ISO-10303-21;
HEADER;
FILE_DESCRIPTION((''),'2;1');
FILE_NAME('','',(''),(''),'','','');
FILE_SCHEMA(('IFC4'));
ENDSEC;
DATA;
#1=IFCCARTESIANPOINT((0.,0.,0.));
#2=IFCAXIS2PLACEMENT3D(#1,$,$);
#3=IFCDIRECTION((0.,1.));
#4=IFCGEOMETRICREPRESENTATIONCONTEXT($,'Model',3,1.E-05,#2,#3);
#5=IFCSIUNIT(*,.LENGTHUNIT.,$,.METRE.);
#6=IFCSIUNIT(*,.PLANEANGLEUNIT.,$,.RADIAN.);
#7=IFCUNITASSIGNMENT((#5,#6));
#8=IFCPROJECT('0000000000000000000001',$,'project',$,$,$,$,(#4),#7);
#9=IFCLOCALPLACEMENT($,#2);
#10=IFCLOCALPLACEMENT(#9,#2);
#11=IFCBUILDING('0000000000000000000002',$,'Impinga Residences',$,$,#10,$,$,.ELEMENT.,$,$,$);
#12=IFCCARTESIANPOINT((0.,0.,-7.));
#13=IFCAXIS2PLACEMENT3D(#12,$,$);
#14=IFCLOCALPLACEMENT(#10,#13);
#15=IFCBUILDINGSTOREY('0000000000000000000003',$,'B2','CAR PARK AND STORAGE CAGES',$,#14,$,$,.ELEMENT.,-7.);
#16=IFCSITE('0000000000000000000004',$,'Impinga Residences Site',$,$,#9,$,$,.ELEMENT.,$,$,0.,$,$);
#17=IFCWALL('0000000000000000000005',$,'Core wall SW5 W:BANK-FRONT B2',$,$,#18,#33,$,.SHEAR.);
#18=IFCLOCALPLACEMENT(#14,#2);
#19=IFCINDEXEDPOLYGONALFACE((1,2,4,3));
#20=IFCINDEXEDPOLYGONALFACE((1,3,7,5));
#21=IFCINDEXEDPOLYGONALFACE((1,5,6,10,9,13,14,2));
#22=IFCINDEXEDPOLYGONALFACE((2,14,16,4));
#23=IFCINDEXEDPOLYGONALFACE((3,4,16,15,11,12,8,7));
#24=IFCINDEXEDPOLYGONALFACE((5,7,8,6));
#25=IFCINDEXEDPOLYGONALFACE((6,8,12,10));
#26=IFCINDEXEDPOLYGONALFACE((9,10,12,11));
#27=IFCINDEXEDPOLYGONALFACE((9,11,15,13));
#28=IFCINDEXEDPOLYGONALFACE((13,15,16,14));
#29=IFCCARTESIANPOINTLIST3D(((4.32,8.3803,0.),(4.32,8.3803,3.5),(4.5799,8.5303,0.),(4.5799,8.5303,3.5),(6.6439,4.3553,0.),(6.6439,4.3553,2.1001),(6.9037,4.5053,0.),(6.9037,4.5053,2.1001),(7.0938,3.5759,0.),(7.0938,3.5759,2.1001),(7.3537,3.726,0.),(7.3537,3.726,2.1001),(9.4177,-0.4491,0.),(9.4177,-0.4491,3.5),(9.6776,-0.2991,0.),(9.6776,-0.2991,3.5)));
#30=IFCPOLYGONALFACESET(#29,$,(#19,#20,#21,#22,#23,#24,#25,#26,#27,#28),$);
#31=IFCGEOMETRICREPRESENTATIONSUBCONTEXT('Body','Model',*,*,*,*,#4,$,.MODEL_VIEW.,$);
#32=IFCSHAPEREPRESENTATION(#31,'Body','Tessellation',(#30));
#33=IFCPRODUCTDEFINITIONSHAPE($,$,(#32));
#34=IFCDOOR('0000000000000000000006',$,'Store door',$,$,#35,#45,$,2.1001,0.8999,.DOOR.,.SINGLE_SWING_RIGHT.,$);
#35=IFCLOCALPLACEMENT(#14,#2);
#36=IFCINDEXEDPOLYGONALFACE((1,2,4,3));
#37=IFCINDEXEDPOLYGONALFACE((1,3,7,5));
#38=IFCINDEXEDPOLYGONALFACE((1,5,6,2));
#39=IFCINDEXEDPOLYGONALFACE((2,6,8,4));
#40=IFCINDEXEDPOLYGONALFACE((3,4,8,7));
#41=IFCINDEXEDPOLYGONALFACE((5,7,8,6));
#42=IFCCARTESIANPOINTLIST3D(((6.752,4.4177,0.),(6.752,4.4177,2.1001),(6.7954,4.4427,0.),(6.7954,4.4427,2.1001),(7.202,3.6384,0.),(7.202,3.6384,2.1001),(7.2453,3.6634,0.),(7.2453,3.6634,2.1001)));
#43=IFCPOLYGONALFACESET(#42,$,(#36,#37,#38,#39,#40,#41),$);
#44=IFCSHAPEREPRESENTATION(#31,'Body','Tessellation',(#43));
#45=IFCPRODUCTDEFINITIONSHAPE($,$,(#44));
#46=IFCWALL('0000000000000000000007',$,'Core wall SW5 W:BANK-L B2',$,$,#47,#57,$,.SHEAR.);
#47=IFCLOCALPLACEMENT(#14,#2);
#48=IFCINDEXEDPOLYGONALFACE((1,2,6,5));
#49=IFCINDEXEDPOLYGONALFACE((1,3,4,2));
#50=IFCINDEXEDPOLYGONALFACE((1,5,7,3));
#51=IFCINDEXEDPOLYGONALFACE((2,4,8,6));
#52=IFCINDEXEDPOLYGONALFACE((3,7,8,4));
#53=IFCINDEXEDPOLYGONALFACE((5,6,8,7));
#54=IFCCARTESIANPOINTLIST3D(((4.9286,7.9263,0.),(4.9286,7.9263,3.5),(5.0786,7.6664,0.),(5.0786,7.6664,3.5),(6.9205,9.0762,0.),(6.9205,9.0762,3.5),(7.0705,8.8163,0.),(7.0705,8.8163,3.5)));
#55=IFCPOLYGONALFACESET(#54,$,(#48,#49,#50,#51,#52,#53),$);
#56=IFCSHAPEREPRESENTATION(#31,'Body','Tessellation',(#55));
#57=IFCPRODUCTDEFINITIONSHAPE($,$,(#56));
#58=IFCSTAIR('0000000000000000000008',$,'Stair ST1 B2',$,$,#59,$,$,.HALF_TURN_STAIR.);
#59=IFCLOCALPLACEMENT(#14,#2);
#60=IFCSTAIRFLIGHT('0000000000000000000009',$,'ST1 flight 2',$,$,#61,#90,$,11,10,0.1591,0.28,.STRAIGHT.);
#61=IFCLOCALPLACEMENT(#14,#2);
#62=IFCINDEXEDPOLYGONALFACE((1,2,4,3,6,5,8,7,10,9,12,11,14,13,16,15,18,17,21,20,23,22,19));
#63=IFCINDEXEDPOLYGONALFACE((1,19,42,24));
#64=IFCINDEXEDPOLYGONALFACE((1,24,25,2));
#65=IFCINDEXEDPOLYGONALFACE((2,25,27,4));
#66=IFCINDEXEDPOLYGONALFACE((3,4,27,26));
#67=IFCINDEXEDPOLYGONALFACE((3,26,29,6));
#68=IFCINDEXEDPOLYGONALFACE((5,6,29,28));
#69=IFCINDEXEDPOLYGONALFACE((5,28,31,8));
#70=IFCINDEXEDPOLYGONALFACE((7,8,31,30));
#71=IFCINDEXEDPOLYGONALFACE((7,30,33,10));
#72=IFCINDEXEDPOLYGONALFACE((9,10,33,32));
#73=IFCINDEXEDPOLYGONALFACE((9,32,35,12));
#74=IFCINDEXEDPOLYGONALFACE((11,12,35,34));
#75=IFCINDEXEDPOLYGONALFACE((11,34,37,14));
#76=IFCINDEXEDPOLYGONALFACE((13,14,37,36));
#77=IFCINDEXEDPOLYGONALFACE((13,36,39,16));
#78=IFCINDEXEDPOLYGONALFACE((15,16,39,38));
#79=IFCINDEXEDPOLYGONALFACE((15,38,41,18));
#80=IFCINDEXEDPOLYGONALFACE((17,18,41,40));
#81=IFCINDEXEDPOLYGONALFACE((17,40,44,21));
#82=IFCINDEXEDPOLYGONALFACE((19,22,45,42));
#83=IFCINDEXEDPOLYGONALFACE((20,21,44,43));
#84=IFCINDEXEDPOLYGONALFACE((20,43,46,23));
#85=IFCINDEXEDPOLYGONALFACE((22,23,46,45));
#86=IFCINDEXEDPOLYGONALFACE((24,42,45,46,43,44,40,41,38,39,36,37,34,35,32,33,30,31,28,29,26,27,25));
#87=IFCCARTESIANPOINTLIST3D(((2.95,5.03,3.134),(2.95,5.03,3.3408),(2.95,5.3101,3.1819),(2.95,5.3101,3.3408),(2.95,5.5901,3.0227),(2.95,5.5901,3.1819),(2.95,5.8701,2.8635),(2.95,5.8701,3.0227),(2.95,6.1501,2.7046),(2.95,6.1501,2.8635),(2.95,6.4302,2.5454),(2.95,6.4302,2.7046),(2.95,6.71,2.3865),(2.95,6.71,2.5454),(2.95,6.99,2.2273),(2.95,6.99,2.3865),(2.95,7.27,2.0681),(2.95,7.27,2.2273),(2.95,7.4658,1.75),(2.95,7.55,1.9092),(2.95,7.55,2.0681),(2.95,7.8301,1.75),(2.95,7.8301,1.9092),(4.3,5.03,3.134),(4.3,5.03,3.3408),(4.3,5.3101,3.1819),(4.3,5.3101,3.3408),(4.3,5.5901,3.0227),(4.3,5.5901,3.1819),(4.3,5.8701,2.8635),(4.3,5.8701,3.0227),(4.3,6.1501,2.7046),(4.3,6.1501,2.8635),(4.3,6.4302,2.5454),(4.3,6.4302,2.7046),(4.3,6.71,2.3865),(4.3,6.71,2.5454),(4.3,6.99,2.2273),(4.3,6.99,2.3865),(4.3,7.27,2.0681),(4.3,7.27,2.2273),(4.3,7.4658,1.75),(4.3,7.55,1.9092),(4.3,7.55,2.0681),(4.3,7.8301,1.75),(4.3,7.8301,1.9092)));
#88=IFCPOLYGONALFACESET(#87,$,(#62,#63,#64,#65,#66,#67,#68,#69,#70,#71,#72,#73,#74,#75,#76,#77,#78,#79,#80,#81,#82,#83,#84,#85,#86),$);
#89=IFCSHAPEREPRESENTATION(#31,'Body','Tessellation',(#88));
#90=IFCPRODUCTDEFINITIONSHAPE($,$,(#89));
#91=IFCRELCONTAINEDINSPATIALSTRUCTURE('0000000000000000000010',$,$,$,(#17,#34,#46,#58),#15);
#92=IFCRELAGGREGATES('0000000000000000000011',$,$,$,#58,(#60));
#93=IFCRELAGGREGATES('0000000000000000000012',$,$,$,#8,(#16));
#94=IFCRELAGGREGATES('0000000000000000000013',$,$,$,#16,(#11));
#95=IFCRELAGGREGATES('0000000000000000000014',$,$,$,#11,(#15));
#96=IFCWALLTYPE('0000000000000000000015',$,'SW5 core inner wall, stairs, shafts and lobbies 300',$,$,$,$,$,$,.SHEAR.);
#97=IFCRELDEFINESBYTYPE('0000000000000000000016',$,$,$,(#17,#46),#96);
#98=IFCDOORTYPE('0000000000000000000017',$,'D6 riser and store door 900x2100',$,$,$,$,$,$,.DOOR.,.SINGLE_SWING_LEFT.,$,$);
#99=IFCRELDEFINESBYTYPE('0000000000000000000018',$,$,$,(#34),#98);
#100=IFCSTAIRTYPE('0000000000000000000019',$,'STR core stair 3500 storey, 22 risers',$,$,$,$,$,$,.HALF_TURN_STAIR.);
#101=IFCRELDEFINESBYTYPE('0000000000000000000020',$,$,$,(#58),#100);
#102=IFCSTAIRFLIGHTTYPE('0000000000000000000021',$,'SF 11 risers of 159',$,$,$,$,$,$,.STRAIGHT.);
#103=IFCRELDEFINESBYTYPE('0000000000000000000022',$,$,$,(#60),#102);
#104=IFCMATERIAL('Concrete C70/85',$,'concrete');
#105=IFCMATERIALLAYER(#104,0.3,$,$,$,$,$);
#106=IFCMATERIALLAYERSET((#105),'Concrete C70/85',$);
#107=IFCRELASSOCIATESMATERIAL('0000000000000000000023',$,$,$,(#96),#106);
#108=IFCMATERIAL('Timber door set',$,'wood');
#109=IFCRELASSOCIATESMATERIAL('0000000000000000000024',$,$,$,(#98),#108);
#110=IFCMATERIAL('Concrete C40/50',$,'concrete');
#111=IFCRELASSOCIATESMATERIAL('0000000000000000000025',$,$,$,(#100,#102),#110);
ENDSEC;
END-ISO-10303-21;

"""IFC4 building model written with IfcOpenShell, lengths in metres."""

from ifc_helpers import new_model, si_unit, direction, frame, frame_2d, origin, place, context, subcontext, project, spatial, polyline, rectangle, outline, extrude, material, layer, layer_set, type_object, element, fill, aggregate, save


model = new_model("IFC4")

# Units and contexts
model_context = context("Model", 3, precision=1e-05, world=origin(), true_north=direction((0.0, 1.0)))
body_context = subcontext(model_context, "Body", "Model", "MODEL_VIEW")
ifc_project = project(units=[si_unit("LENGTHUNIT", "METRE"), si_unit("PLANEANGLEUNIT", "RADIAN")], contexts=[model_context])

# Site, building, storey
site_placement = place(None, origin())
site = spatial("IfcSite", under=ifc_project, at=site_placement, Name="Impinga Residences Site", CompositionType="ELEMENT", RefElevation=0.0)
building_placement = place(site_placement, origin())
building = spatial("IfcBuilding", under=site, at=building_placement, Name="Impinga Residences", CompositionType="ELEMENT")
storey_placement = place(building_placement, frame((0.0, 0.0, -7.0)))
storey = spatial("IfcBuildingStorey", under=building, at=storey_placement, Name="B2", Description="CAR PARK AND STORAGE CAGES", CompositionType="ELEMENT", Elevation=-7.0)

# Shared definitions
ifc_material_1 = material(Name="Concrete C70/85", Category="concrete")

# Shared definitions
ifc_material_2 = material(Name="Timber door set", Category="wood")

# Wall, opening, door
ifc_layer_1 = layer(ifc_material_1, 0.3)
ifc_layer_set_1 = layer_set([ifc_layer_1], Name="Concrete C70/85")
wall_type_1 = type_object("IfcWallType", Name="SW5 core inner wall, stairs, shafts and lobbies 300", PredefinedType="SHEAR", material=ifc_layer_set_1)
wall_1_placement = place(storey_placement, frame((4.45, 8.4553, 0.0), z_axis=(0.0, 0.0, 1.0), x_axis=(0.500002, -0.866024, 0.0)))
wall_1 = element("IfcWall", 1, at=wall_1_placement, inside=storey, type_object=wall_type_1, Name="Core wall SW5 W:BANK-FRONT B2", PredefinedType="SHEAR", context=body_context, shape_type="SweptSolid", body=[
    extrude(rectangle(XDim=10.1953, YDim=0.3, at=frame_2d((5.0977, 0.0))), origin(), (0.0, 0.0, 1.0), 3.5),
])
opening_1_placement = place(wall_1_placement, frame((4.6477, 0.0, 0.0)))
opening_1 = element("IfcOpeningElement", 2, at=opening_1_placement, cuts=wall_1, PredefinedType="OPENING", context=body_context, shape_type="SweptSolid", body=[
    extrude(rectangle(XDim=0.8999, YDim=2.1001, at=frame_2d((0.45, 1.05))), frame((0.0, 0.1599, 0.0), z_axis=(0.0, -1.0, 0.0), x_axis=(1.0, 0.0, 0.0)), (0.0, 0.0, 1.0), 0.3201),
])
door_type_1 = type_object("IfcDoorType", Name="D6 riser and store door 900x2100", OperationType="SINGLE_SWING_LEFT", PredefinedType="DOOR", material=ifc_material_2)
door_1_placement = place(opening_1_placement, origin())
door_1 = element("IfcDoor", 3, at=door_1_placement, inside=storey, type_object=door_type_1, Name="Store door", OperationType="SINGLE_SWING_RIGHT", OverallHeight=2.1001, OverallWidth=0.8999, PredefinedType="DOOR", context=body_context, shape_type="SweptSolid", body=[
    extrude(rectangle(XDim=0.8999, YDim=2.1001, at=frame_2d((0.45, 1.05))), frame((0.0, 0.0249, 0.0), z_axis=(0.0, -1.0, 0.0), x_axis=(1.0, 0.0, 0.0)), (0.0, 0.0, 1.0), 0.05),
])
fill(opening_1, door_1)

# Wall
wall_2_placement = place(storey_placement, frame((5.0037, 7.7964, 0.0), z_axis=(0.0, 0.0, 1.0), x_axis=(0.866053, 0.499952, 0.0)))
element("IfcWall", 4, at=wall_2_placement, inside=storey, type_object=wall_type_1, Name="Core wall SW5 W:BANK-L B2", PredefinedType="SHEAR", context=body_context, shape_type="SweptSolid", body=[
    extrude(rectangle(XDim=2.3, YDim=0.3, at=frame_2d((1.1499, 0.0))), origin(), (0.0, 0.0, 1.0), 3.5),
])

# Stair, stair flight
ifc_material_3 = material(Name="Concrete C40/50", Category="concrete")
stair_type = type_object("IfcStairType", Name="STR core stair 3500 storey, 22 risers", PredefinedType="HALF_TURN_STAIR", material=ifc_material_3)
stair_placement = place(storey_placement, origin())
stair = element("IfcStair", 5, at=stair_placement, inside=storey, type_object=stair_type, Name="Stair ST1 B2", PredefinedType="HALF_TURN_STAIR")
stair_flight_type = type_object("IfcStairFlightType", Name="SF 11 risers of 159", PredefinedType="STRAIGHT", material=ifc_material_3)
stair_flight_placement = place(storey_placement, frame((3.625, 7.8301, 1.75), z_axis=(0.0, 0.0, 1.0), x_axis=(0.0, -1.0, 0.0)))
stair_flight = element("IfcStairFlight", 6, at=stair_flight_placement, type_object=stair_flight_type, Name="ST1 flight 2", NumberOfRisers=11, NumberOfTreads=10, PredefinedType="STRAIGHT", RiserHeight=0.1591, TreadLength=0.28, context=body_context, shape_type="SweptSolid", body=[
    extrude(outline(polyline([(0.0, 0.0), (0.0, 0.1592), (0.28, 0.1592), (0.28, 0.3181), (0.5601, 0.3181), (0.5601, 0.4773), (0.8401, 0.4773), (0.8401, 0.6365), (1.1201, 0.6365), (1.1201, 0.7954), (1.3999, 0.7954), (1.3999, 0.9546), (1.6799, 0.9546), (1.6799, 1.1135), (1.96, 1.1135), (1.96, 1.2727), (2.24, 1.2727), (2.24, 1.4319), (2.52, 1.4319), (2.52, 1.5908), (2.8, 1.5908), (2.8, 1.75), (2.8, 1.384), (0.3643, 0.0), (0.0, 0.0)])), frame((0.0, 0.675, 0.0), z_axis=(0.0, -1.0, 0.0), x_axis=(1.0, 0.0, 0.0)), (0.0, 0.0, 1.0), 1.3501),
])
aggregate(stair, [stair_flight])

save(model, "model.ifc")
